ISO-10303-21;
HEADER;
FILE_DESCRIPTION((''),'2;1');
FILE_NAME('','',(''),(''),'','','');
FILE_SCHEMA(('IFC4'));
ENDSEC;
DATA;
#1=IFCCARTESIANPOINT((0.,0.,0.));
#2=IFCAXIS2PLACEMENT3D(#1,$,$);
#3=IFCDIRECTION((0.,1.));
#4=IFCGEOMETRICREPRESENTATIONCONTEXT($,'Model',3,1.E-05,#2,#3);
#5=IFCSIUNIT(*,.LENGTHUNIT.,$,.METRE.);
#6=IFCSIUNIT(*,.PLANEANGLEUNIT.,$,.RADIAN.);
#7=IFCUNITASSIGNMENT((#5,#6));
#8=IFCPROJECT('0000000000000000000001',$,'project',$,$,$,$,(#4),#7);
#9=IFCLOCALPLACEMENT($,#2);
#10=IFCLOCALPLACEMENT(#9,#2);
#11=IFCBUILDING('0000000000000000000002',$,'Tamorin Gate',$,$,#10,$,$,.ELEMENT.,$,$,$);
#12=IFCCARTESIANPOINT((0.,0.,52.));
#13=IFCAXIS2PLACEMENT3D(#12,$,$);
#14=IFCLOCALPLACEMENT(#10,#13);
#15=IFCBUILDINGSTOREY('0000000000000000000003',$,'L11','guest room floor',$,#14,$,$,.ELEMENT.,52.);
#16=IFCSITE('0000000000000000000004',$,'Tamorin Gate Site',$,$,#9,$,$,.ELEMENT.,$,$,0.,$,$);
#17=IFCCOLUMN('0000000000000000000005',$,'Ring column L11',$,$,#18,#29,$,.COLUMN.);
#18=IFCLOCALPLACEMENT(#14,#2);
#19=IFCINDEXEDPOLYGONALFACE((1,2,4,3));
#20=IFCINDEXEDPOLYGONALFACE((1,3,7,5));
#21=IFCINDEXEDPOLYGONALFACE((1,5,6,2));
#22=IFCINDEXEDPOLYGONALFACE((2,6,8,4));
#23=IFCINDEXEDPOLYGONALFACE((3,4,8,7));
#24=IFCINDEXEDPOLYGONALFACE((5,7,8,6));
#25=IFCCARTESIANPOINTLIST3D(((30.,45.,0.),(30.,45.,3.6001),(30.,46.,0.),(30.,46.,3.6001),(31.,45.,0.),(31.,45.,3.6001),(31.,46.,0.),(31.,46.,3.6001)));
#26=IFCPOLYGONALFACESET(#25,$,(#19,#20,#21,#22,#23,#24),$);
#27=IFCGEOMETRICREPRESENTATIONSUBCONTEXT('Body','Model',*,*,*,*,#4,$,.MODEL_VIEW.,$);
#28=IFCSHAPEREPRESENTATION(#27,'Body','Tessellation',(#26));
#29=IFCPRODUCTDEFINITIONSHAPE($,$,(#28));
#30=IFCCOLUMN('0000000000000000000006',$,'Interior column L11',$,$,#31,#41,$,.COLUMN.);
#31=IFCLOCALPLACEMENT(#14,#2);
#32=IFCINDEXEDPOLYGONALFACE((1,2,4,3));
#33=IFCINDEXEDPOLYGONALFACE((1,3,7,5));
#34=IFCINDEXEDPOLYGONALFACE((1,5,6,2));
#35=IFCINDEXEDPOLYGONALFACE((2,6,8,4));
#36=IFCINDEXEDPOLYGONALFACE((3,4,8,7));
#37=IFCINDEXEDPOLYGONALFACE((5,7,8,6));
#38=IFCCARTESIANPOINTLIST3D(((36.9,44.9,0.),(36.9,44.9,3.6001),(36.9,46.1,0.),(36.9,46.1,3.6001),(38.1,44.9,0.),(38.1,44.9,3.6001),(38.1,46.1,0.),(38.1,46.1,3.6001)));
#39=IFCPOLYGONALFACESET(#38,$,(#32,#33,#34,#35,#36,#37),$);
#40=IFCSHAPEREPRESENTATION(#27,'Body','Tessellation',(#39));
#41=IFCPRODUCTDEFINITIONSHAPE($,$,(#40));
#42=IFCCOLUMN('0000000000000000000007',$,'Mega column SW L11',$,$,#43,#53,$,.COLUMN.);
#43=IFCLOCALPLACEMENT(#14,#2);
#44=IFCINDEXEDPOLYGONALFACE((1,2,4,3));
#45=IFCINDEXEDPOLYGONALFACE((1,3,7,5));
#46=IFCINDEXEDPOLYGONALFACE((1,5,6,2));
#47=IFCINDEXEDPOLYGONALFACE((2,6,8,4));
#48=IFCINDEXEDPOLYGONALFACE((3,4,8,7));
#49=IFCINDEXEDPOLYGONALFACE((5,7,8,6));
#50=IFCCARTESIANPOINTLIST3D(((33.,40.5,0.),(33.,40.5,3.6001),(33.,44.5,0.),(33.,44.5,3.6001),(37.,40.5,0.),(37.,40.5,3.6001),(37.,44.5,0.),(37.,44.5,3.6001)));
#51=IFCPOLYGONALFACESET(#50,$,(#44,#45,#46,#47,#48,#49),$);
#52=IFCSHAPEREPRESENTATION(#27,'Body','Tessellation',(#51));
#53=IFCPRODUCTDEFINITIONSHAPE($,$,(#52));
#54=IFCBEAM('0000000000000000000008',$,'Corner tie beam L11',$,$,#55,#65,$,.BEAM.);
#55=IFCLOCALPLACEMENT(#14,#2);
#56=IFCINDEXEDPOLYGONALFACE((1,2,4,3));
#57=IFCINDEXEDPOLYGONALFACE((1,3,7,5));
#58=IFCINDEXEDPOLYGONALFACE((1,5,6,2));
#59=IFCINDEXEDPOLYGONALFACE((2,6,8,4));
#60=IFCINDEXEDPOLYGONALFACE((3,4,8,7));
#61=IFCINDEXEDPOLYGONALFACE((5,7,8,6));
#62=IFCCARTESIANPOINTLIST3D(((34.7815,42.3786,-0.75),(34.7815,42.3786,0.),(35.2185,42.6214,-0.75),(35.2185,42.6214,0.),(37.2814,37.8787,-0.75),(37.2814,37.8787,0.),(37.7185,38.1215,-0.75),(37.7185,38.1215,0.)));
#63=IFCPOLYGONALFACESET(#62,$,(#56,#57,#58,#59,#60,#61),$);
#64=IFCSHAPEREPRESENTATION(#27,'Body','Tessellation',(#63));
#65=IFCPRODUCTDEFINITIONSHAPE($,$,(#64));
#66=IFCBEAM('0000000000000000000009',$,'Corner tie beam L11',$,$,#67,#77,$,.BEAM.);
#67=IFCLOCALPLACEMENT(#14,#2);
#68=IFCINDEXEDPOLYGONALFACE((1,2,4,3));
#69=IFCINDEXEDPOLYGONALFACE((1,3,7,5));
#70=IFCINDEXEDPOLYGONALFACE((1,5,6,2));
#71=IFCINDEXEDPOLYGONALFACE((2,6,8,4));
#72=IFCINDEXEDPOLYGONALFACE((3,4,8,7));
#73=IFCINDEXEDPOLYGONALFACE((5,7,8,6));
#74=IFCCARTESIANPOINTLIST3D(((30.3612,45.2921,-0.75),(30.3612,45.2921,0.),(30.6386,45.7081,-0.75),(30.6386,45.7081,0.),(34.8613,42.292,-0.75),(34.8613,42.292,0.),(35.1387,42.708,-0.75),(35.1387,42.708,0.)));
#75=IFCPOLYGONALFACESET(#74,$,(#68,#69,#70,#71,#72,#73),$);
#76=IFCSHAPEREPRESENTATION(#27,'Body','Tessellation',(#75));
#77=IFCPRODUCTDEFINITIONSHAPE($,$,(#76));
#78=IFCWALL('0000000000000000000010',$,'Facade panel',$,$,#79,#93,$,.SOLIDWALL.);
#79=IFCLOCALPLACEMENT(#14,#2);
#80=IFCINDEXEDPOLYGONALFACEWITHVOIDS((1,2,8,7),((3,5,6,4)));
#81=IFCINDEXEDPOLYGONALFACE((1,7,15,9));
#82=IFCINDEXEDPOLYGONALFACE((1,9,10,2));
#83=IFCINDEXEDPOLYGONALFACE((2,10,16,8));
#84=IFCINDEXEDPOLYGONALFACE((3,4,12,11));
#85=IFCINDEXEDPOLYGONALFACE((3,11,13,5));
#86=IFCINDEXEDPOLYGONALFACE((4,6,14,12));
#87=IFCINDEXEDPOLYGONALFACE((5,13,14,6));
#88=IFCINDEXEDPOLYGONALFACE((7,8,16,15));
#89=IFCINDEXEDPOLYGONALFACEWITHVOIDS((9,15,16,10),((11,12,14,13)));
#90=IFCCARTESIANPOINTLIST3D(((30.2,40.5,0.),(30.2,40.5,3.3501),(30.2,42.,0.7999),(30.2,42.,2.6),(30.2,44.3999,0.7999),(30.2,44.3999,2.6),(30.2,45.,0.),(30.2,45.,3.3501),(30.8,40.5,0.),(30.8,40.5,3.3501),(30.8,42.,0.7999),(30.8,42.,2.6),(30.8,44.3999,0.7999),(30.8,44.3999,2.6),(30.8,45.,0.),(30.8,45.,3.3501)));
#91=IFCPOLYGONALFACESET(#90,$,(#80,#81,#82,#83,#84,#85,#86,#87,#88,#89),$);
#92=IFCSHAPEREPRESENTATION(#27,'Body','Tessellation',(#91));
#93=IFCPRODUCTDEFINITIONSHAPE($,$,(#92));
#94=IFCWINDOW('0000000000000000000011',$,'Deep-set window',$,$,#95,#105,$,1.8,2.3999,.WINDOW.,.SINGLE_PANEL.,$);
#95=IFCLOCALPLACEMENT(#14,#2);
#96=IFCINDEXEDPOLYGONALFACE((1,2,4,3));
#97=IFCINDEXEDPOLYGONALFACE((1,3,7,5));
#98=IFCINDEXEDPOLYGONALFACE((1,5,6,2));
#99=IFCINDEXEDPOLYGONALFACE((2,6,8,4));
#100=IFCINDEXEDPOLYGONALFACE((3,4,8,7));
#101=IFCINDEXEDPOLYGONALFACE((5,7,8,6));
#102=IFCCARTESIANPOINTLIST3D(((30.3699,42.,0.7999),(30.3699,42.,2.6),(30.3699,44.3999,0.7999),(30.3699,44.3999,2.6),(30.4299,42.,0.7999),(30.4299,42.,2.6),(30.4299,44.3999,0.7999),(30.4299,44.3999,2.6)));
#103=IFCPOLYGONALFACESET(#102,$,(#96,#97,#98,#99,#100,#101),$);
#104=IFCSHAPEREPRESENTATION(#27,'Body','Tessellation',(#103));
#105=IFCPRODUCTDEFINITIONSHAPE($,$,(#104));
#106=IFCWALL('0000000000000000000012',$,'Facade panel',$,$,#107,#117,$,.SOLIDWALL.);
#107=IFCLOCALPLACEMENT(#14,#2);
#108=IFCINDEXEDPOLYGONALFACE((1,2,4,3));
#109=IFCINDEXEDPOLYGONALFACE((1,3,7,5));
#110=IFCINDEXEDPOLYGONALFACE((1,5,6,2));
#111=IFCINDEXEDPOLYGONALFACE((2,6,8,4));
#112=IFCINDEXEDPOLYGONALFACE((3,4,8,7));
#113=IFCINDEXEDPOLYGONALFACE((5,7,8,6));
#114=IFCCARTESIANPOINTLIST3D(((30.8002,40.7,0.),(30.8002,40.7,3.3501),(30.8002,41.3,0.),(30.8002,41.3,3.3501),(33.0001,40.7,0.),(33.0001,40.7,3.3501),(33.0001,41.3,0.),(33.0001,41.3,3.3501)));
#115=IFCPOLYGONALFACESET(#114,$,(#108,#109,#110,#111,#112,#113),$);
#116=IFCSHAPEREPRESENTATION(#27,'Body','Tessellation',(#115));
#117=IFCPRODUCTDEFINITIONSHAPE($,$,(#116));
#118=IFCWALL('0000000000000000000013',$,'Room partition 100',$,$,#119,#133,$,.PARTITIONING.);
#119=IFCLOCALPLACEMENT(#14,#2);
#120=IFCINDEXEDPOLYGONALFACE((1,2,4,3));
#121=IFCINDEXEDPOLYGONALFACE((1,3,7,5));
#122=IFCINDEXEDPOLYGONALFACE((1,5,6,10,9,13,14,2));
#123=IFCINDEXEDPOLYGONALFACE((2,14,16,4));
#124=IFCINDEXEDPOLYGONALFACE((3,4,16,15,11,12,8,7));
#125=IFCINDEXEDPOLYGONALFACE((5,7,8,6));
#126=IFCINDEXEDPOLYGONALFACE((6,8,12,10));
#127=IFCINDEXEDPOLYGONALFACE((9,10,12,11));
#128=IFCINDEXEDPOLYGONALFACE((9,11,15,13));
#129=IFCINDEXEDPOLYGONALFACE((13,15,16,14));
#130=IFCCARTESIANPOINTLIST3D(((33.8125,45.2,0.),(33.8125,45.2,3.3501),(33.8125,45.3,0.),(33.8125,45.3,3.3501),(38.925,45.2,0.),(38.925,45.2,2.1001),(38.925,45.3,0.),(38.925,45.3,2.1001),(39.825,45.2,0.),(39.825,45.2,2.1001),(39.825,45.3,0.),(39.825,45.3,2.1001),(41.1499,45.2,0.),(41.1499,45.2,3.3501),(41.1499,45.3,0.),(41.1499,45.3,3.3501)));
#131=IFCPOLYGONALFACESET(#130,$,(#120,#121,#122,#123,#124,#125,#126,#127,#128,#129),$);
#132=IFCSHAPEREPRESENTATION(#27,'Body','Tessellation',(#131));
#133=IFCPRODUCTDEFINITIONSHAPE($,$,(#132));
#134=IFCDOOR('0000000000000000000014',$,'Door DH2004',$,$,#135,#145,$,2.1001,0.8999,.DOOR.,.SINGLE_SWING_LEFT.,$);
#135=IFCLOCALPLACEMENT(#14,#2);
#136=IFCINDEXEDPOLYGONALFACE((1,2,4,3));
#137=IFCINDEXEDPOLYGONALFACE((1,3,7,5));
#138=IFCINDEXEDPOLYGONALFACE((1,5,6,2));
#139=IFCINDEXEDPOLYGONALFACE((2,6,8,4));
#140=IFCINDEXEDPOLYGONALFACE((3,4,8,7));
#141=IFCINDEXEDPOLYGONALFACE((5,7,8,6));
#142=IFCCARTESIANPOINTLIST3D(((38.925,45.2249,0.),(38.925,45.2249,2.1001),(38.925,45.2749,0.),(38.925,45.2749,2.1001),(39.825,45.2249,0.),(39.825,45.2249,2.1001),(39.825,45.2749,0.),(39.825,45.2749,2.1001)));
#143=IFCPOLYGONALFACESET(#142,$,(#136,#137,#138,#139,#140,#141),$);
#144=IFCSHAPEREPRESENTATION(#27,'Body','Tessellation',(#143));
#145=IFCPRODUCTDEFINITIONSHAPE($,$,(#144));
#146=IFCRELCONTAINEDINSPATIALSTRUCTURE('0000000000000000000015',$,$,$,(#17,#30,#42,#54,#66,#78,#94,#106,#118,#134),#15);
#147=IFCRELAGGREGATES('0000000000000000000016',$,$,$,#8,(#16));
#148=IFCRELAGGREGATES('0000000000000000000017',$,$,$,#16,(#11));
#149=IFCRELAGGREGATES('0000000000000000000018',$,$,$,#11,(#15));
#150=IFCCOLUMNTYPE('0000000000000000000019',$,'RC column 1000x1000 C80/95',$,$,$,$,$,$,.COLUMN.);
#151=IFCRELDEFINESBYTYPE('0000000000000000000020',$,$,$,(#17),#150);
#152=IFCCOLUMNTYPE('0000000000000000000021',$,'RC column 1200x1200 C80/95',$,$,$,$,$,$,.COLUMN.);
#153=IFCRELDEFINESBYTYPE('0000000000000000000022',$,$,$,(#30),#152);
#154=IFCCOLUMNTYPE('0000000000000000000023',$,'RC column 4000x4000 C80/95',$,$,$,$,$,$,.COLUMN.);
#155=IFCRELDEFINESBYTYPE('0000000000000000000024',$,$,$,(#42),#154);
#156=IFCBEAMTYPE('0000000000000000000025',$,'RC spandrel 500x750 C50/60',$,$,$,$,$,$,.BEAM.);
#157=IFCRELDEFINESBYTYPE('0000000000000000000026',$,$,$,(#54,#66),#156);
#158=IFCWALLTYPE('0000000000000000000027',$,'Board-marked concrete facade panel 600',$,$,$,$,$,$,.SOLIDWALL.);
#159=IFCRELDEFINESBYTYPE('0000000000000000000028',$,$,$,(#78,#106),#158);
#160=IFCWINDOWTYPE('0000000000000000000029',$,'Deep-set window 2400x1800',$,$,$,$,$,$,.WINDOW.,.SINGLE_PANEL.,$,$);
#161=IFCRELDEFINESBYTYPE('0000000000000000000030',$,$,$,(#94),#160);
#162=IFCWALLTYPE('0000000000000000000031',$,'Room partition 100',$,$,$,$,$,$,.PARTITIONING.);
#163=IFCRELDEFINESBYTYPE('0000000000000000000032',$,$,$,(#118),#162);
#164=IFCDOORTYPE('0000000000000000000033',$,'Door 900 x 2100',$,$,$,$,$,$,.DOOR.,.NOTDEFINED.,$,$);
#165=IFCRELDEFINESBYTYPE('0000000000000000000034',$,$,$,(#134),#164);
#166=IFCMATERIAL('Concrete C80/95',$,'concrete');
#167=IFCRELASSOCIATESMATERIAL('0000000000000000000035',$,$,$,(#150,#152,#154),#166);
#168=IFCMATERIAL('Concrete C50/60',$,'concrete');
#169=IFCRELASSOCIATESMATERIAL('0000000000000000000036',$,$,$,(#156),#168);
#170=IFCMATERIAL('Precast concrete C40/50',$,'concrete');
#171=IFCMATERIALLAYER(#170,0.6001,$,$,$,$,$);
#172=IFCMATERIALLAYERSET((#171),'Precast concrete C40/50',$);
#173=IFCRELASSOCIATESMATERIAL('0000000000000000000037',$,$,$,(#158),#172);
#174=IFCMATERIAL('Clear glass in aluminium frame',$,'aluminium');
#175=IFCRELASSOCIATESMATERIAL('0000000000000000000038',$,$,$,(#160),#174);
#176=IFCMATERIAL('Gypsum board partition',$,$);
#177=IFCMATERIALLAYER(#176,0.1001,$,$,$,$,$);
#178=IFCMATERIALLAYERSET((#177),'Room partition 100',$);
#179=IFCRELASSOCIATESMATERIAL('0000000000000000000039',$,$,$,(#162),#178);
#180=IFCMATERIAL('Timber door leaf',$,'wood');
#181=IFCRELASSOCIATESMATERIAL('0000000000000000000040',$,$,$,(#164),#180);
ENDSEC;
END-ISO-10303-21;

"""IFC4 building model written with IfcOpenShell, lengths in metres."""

from ifc_helpers import new_model, si_unit, direction, frame, frame_2d, origin, origin_2d, place, context, subcontext, project, spatial, rectangle, extrude, material, layer, layer_set, material_profile, profile_set, type_object, element, fill, save


model = new_model("IFC4")

# Units and contexts
model_context = context("Model", 3, precision=1e-05, world=origin(), true_north=direction((0.0, 1.0)))
body_context = subcontext(model_context, "Body", "Model", "MODEL_VIEW")
ifc_project = project(units=[si_unit("LENGTHUNIT", "METRE"), si_unit("PLANEANGLEUNIT", "RADIAN")], contexts=[model_context])

# Site, building, storey
site_placement = place(None, origin())
site = spatial("IfcSite", under=ifc_project, at=site_placement, Name="Tamorin Gate Site", CompositionType="ELEMENT", RefElevation=0.0)
building_placement = place(site_placement, origin())
building = spatial("IfcBuilding", under=site, at=building_placement, Name="Tamorin Gate", CompositionType="ELEMENT")
storey_placement = place(building_placement, frame((0.0, 0.0, 52.0)))
storey = spatial("IfcBuildingStorey", under=building, at=storey_placement, Name="L11", Description="guest room floor", CompositionType="ELEMENT", Elevation=52.0)

# Columns
ifc_material_1 = material(Name="Concrete C80/95", Category="concrete")
ifc_material_profile_1 = material_profile(ifc_material_1, rectangle(XDim=1.0, YDim=1.0, at=origin_2d()), Name="RC 1000x1000")
ifc_profile_set_1 = profile_set([ifc_material_profile_1], Name="Concrete C80/95")
column_type_1 = type_object("IfcColumnType", Name="RC column 1000x1000 C80/95", PredefinedType="COLUMN", material=ifc_profile_set_1)
column_1_placement = place(storey_placement, frame((30.5, 45.5, 0.0), z_axis=(0.0, 0.0, 1.0), x_axis=(1.0, 0.0, 0.0)))
element("IfcColumn", 1, at=column_1_placement, inside=storey, type_object=column_type_1, Name="Ring column L11", PredefinedType="COLUMN", context=body_context, shape_type="SweptSolid", body=[
    extrude(rectangle(XDim=1.0, YDim=1.0, at=origin_2d()), origin(), (0.0, 0.0, 1.0), 3.6001),
])
ifc_material_profile_2 = material_profile(ifc_material_1, rectangle(XDim=1.2, YDim=1.2, at=origin_2d()), Name="RC 1200x1200")
ifc_profile_set_2 = profile_set([ifc_material_profile_2], Name="Concrete C80/95")
column_type_2 = type_object("IfcColumnType", Name="RC column 1200x1200 C80/95", PredefinedType="COLUMN", material=ifc_profile_set_2)
column_2_placement = place(storey_placement, frame((37.5, 45.5, 0.0), z_axis=(0.0, 0.0, 1.0), x_axis=(1.0, 0.0, 0.0)))
element("IfcColumn", 2, at=column_2_placement, inside=storey, type_object=column_type_2, Name="Interior column L11", PredefinedType="COLUMN", context=body_context, shape_type="SweptSolid", body=[
    extrude(rectangle(XDim=1.2, YDim=1.2, at=origin_2d()), origin(), (0.0, 0.0, 1.0), 3.6001),
])
ifc_material_profile_3 = material_profile(ifc_material_1, rectangle(XDim=4.0, YDim=4.0, at=origin_2d()), Name="RC 4000x4000")
ifc_profile_set_3 = profile_set([ifc_material_profile_3], Name="Concrete C80/95")
column_type_3 = type_object("IfcColumnType", Name="RC column 4000x4000 C80/95", PredefinedType="COLUMN", material=ifc_profile_set_3)
column_3_placement = place(storey_placement, frame((35.0, 42.5, 0.0), z_axis=(0.0, 0.0, 1.0), x_axis=(1.0, 0.0, 0.0)))
element("IfcColumn", 3, at=column_3_placement, inside=storey, type_object=column_type_3, Name="Mega column SW L11", PredefinedType="COLUMN", context=body_context, shape_type="SweptSolid", body=[
    extrude(rectangle(XDim=4.0, YDim=4.0, at=origin_2d()), origin(), (0.0, 0.0, 1.0), 3.6001),
])

# Beams
ifc_material_2 = material(Name="Concrete C50/60", Category="concrete")
ifc_material_profile_4 = material_profile(ifc_material_2, rectangle(XDim=0.5, YDim=0.75, at=origin_2d()), Name="RC 500x750")
ifc_profile_set_4 = profile_set([ifc_material_profile_4], Name="Concrete C50/60")
beam_type = type_object("IfcBeamType", Name="RC spandrel 500x750 C50/60", PredefinedType="BEAM", material=ifc_profile_set_4)
beam_1_placement = place(storey_placement, frame((35.0, 42.5, -0.375), z_axis=(0.485643, -0.874157, 0.0), x_axis=(0.874157, 0.485643, 0.0)))
element("IfcBeam", 4, at=beam_1_placement, inside=storey, type_object=beam_type, Name="Corner tie beam L11", PredefinedType="BEAM", context=body_context, shape_type="SweptSolid", body=[
    extrude(rectangle(XDim=0.5, YDim=0.75, at=origin_2d()), origin(), (0.0, 0.0, 1.0), 5.1477),
])
beam_2_placement = place(storey_placement, frame((35.0, 42.5, -0.375), z_axis=(-0.83205, 0.5547, 0.0), x_axis=(-0.5547, -0.83205, 0.0)))
element("IfcBeam", 5, at=beam_2_placement, inside=storey, type_object=beam_type, Name="Corner tie beam L11", PredefinedType="BEAM", context=body_context, shape_type="SweptSolid", body=[
    extrude(rectangle(XDim=0.5, YDim=0.75, at=origin_2d()), origin(), (0.0, 0.0, 1.0), 5.4084),
])

# Wall, opening, window
ifc_material_3 = material(Name="Precast concrete C40/50", Category="concrete")
ifc_layer_1 = layer(ifc_material_3, 0.6001)
ifc_layer_set_1 = layer_set([ifc_layer_1], Name="Precast concrete C40/50")
wall_type_1 = type_object("IfcWallType", Name="Board-marked concrete facade panel 600", PredefinedType="SOLIDWALL", material=ifc_layer_set_1)
wall_1_placement = place(storey_placement, frame((30.5, 45.0, 0.0), z_axis=(0.0, 0.0, 1.0), x_axis=(0.0, -1.0, 0.0)))
wall_1 = element("IfcWall", 6, at=wall_1_placement, inside=storey, type_object=wall_type_1, Name="Facade panel", PredefinedType="SOLIDWALL", context=body_context, shape_type="SweptSolid", body=[
    extrude(rectangle(XDim=4.5, YDim=0.6001, at=frame_2d((2.25, 0.0))), origin(), (0.0, 0.0, 1.0), 3.3501),
])
opening_1_placement = place(wall_1_placement, frame((0.6001, 0.0, 0.8)))
opening_1 = element("IfcOpeningElement", 7, at=opening_1_placement, cuts=wall_1, PredefinedType="OPENING", context=body_context, shape_type="SweptSolid", body=[
    extrude(rectangle(XDim=2.3999, YDim=1.8, at=frame_2d((1.2, 0.8999))), frame((0.0, 0.3101, 0.0), z_axis=(0.0, -1.0, 0.0), x_axis=(1.0, 0.0, 0.0)), (0.0, 0.0, 1.0), 0.6201),
])
ifc_material_4 = material(Name="Clear glass in aluminium frame", Category="aluminium")
window_type = type_object("IfcWindowType", Name="Deep-set window 2400x1800", PartitioningType="SINGLE_PANEL", PredefinedType="WINDOW", material=ifc_material_4)
window_placement = place(opening_1_placement, origin())
window = element("IfcWindow", 8, at=window_placement, inside=storey, type_object=window_type, Name="Deep-set window", OverallHeight=1.8, OverallWidth=2.3999, PartitioningType="SINGLE_PANEL", PredefinedType="WINDOW", context=body_context, shape_type="SweptSolid", body=[
    extrude(rectangle(XDim=2.3999, YDim=1.8, at=frame_2d((1.2, 0.8999))), frame((0.0, -0.0701, 0.0), z_axis=(0.0, -1.0, 0.0), x_axis=(1.0, 0.0, 0.0)), (0.0, 0.0, 1.0), 0.0601),
])
fill(opening_1, window)

# Wall
wall_2_placement = place(storey_placement, frame((30.8, 41.0, 0.0), z_axis=(0.0, 0.0, 1.0), x_axis=(1.0, 0.0, 0.0)))
element("IfcWall", 9, at=wall_2_placement, inside=storey, type_object=wall_type_1, Name="Facade panel", PredefinedType="SOLIDWALL", context=body_context, shape_type="SweptSolid", body=[
    extrude(rectangle(XDim=2.2, YDim=0.6001, at=frame_2d((1.1001, 0.0))), origin(), (0.0, 0.0, 1.0), 3.3501),
])

# Wall, opening, door
ifc_material_5 = material(Name="Gypsum board partition")
ifc_layer_2 = layer(ifc_material_5, 0.1001)
ifc_layer_set_2 = layer_set([ifc_layer_2], Name="Room partition 100")
wall_type_2 = type_object("IfcWallType", Name="Room partition 100", PredefinedType="PARTITIONING", material=ifc_layer_set_2)
wall_3_placement = place(storey_placement, frame((33.8125, 45.25, 0.0), z_axis=(0.0, 0.0, 1.0), x_axis=(1.0, 0.0, 0.0)))
wall_3 = element("IfcWall", 10, at=wall_3_placement, inside=storey, type_object=wall_type_2, Name="Room partition 100", PredefinedType="PARTITIONING", context=body_context, shape_type="SweptSolid", body=[
    extrude(rectangle(XDim=7.3374, YDim=0.1001, at=frame_2d((3.6687, 0.0))), origin(), (0.0, 0.0, 1.0), 3.3501),
])
opening_2_placement = place(wall_3_placement, frame((5.1125, 0.0, 0.0)))
opening_2 = element("IfcOpeningElement", 11, at=opening_2_placement, cuts=wall_3, PredefinedType="OPENING", context=body_context, shape_type="SweptSolid", body=[
    extrude(rectangle(XDim=0.8999, YDim=2.1001, at=frame_2d((0.45, 1.05))), frame((0.0, 0.0601, 0.0), z_axis=(0.0, -1.0, 0.0), x_axis=(1.0, 0.0, 0.0)), (0.0, 0.0, 1.0), 0.1201),
])
ifc_material_6 = material(Name="Timber door leaf", Category="wood")
door_type = type_object("IfcDoorType", Name="Door 900 x 2100", OperationType="NOTDEFINED", PredefinedType="DOOR", material=ifc_material_6)
door_1_placement = place(opening_2_placement, origin())
door_1 = element("IfcDoor", 12, at=door_1_placement, inside=storey, type_object=door_type, Name="Door DH2004", OperationType="SINGLE_SWING_LEFT", OverallHeight=2.1001, OverallWidth=0.8999, PredefinedType="DOOR", context=body_context, shape_type="SweptSolid", body=[
    extrude(rectangle(XDim=0.8999, YDim=2.1001, at=frame_2d((0.45, 1.05))), frame((0.0, 0.0249, 0.0), z_axis=(0.0, -1.0, 0.0), x_axis=(1.0, 0.0, 0.0)), (0.0, 0.0, 1.0), 0.05),
])
fill(opening_2, door_1)

save(model, "model.ifc")
